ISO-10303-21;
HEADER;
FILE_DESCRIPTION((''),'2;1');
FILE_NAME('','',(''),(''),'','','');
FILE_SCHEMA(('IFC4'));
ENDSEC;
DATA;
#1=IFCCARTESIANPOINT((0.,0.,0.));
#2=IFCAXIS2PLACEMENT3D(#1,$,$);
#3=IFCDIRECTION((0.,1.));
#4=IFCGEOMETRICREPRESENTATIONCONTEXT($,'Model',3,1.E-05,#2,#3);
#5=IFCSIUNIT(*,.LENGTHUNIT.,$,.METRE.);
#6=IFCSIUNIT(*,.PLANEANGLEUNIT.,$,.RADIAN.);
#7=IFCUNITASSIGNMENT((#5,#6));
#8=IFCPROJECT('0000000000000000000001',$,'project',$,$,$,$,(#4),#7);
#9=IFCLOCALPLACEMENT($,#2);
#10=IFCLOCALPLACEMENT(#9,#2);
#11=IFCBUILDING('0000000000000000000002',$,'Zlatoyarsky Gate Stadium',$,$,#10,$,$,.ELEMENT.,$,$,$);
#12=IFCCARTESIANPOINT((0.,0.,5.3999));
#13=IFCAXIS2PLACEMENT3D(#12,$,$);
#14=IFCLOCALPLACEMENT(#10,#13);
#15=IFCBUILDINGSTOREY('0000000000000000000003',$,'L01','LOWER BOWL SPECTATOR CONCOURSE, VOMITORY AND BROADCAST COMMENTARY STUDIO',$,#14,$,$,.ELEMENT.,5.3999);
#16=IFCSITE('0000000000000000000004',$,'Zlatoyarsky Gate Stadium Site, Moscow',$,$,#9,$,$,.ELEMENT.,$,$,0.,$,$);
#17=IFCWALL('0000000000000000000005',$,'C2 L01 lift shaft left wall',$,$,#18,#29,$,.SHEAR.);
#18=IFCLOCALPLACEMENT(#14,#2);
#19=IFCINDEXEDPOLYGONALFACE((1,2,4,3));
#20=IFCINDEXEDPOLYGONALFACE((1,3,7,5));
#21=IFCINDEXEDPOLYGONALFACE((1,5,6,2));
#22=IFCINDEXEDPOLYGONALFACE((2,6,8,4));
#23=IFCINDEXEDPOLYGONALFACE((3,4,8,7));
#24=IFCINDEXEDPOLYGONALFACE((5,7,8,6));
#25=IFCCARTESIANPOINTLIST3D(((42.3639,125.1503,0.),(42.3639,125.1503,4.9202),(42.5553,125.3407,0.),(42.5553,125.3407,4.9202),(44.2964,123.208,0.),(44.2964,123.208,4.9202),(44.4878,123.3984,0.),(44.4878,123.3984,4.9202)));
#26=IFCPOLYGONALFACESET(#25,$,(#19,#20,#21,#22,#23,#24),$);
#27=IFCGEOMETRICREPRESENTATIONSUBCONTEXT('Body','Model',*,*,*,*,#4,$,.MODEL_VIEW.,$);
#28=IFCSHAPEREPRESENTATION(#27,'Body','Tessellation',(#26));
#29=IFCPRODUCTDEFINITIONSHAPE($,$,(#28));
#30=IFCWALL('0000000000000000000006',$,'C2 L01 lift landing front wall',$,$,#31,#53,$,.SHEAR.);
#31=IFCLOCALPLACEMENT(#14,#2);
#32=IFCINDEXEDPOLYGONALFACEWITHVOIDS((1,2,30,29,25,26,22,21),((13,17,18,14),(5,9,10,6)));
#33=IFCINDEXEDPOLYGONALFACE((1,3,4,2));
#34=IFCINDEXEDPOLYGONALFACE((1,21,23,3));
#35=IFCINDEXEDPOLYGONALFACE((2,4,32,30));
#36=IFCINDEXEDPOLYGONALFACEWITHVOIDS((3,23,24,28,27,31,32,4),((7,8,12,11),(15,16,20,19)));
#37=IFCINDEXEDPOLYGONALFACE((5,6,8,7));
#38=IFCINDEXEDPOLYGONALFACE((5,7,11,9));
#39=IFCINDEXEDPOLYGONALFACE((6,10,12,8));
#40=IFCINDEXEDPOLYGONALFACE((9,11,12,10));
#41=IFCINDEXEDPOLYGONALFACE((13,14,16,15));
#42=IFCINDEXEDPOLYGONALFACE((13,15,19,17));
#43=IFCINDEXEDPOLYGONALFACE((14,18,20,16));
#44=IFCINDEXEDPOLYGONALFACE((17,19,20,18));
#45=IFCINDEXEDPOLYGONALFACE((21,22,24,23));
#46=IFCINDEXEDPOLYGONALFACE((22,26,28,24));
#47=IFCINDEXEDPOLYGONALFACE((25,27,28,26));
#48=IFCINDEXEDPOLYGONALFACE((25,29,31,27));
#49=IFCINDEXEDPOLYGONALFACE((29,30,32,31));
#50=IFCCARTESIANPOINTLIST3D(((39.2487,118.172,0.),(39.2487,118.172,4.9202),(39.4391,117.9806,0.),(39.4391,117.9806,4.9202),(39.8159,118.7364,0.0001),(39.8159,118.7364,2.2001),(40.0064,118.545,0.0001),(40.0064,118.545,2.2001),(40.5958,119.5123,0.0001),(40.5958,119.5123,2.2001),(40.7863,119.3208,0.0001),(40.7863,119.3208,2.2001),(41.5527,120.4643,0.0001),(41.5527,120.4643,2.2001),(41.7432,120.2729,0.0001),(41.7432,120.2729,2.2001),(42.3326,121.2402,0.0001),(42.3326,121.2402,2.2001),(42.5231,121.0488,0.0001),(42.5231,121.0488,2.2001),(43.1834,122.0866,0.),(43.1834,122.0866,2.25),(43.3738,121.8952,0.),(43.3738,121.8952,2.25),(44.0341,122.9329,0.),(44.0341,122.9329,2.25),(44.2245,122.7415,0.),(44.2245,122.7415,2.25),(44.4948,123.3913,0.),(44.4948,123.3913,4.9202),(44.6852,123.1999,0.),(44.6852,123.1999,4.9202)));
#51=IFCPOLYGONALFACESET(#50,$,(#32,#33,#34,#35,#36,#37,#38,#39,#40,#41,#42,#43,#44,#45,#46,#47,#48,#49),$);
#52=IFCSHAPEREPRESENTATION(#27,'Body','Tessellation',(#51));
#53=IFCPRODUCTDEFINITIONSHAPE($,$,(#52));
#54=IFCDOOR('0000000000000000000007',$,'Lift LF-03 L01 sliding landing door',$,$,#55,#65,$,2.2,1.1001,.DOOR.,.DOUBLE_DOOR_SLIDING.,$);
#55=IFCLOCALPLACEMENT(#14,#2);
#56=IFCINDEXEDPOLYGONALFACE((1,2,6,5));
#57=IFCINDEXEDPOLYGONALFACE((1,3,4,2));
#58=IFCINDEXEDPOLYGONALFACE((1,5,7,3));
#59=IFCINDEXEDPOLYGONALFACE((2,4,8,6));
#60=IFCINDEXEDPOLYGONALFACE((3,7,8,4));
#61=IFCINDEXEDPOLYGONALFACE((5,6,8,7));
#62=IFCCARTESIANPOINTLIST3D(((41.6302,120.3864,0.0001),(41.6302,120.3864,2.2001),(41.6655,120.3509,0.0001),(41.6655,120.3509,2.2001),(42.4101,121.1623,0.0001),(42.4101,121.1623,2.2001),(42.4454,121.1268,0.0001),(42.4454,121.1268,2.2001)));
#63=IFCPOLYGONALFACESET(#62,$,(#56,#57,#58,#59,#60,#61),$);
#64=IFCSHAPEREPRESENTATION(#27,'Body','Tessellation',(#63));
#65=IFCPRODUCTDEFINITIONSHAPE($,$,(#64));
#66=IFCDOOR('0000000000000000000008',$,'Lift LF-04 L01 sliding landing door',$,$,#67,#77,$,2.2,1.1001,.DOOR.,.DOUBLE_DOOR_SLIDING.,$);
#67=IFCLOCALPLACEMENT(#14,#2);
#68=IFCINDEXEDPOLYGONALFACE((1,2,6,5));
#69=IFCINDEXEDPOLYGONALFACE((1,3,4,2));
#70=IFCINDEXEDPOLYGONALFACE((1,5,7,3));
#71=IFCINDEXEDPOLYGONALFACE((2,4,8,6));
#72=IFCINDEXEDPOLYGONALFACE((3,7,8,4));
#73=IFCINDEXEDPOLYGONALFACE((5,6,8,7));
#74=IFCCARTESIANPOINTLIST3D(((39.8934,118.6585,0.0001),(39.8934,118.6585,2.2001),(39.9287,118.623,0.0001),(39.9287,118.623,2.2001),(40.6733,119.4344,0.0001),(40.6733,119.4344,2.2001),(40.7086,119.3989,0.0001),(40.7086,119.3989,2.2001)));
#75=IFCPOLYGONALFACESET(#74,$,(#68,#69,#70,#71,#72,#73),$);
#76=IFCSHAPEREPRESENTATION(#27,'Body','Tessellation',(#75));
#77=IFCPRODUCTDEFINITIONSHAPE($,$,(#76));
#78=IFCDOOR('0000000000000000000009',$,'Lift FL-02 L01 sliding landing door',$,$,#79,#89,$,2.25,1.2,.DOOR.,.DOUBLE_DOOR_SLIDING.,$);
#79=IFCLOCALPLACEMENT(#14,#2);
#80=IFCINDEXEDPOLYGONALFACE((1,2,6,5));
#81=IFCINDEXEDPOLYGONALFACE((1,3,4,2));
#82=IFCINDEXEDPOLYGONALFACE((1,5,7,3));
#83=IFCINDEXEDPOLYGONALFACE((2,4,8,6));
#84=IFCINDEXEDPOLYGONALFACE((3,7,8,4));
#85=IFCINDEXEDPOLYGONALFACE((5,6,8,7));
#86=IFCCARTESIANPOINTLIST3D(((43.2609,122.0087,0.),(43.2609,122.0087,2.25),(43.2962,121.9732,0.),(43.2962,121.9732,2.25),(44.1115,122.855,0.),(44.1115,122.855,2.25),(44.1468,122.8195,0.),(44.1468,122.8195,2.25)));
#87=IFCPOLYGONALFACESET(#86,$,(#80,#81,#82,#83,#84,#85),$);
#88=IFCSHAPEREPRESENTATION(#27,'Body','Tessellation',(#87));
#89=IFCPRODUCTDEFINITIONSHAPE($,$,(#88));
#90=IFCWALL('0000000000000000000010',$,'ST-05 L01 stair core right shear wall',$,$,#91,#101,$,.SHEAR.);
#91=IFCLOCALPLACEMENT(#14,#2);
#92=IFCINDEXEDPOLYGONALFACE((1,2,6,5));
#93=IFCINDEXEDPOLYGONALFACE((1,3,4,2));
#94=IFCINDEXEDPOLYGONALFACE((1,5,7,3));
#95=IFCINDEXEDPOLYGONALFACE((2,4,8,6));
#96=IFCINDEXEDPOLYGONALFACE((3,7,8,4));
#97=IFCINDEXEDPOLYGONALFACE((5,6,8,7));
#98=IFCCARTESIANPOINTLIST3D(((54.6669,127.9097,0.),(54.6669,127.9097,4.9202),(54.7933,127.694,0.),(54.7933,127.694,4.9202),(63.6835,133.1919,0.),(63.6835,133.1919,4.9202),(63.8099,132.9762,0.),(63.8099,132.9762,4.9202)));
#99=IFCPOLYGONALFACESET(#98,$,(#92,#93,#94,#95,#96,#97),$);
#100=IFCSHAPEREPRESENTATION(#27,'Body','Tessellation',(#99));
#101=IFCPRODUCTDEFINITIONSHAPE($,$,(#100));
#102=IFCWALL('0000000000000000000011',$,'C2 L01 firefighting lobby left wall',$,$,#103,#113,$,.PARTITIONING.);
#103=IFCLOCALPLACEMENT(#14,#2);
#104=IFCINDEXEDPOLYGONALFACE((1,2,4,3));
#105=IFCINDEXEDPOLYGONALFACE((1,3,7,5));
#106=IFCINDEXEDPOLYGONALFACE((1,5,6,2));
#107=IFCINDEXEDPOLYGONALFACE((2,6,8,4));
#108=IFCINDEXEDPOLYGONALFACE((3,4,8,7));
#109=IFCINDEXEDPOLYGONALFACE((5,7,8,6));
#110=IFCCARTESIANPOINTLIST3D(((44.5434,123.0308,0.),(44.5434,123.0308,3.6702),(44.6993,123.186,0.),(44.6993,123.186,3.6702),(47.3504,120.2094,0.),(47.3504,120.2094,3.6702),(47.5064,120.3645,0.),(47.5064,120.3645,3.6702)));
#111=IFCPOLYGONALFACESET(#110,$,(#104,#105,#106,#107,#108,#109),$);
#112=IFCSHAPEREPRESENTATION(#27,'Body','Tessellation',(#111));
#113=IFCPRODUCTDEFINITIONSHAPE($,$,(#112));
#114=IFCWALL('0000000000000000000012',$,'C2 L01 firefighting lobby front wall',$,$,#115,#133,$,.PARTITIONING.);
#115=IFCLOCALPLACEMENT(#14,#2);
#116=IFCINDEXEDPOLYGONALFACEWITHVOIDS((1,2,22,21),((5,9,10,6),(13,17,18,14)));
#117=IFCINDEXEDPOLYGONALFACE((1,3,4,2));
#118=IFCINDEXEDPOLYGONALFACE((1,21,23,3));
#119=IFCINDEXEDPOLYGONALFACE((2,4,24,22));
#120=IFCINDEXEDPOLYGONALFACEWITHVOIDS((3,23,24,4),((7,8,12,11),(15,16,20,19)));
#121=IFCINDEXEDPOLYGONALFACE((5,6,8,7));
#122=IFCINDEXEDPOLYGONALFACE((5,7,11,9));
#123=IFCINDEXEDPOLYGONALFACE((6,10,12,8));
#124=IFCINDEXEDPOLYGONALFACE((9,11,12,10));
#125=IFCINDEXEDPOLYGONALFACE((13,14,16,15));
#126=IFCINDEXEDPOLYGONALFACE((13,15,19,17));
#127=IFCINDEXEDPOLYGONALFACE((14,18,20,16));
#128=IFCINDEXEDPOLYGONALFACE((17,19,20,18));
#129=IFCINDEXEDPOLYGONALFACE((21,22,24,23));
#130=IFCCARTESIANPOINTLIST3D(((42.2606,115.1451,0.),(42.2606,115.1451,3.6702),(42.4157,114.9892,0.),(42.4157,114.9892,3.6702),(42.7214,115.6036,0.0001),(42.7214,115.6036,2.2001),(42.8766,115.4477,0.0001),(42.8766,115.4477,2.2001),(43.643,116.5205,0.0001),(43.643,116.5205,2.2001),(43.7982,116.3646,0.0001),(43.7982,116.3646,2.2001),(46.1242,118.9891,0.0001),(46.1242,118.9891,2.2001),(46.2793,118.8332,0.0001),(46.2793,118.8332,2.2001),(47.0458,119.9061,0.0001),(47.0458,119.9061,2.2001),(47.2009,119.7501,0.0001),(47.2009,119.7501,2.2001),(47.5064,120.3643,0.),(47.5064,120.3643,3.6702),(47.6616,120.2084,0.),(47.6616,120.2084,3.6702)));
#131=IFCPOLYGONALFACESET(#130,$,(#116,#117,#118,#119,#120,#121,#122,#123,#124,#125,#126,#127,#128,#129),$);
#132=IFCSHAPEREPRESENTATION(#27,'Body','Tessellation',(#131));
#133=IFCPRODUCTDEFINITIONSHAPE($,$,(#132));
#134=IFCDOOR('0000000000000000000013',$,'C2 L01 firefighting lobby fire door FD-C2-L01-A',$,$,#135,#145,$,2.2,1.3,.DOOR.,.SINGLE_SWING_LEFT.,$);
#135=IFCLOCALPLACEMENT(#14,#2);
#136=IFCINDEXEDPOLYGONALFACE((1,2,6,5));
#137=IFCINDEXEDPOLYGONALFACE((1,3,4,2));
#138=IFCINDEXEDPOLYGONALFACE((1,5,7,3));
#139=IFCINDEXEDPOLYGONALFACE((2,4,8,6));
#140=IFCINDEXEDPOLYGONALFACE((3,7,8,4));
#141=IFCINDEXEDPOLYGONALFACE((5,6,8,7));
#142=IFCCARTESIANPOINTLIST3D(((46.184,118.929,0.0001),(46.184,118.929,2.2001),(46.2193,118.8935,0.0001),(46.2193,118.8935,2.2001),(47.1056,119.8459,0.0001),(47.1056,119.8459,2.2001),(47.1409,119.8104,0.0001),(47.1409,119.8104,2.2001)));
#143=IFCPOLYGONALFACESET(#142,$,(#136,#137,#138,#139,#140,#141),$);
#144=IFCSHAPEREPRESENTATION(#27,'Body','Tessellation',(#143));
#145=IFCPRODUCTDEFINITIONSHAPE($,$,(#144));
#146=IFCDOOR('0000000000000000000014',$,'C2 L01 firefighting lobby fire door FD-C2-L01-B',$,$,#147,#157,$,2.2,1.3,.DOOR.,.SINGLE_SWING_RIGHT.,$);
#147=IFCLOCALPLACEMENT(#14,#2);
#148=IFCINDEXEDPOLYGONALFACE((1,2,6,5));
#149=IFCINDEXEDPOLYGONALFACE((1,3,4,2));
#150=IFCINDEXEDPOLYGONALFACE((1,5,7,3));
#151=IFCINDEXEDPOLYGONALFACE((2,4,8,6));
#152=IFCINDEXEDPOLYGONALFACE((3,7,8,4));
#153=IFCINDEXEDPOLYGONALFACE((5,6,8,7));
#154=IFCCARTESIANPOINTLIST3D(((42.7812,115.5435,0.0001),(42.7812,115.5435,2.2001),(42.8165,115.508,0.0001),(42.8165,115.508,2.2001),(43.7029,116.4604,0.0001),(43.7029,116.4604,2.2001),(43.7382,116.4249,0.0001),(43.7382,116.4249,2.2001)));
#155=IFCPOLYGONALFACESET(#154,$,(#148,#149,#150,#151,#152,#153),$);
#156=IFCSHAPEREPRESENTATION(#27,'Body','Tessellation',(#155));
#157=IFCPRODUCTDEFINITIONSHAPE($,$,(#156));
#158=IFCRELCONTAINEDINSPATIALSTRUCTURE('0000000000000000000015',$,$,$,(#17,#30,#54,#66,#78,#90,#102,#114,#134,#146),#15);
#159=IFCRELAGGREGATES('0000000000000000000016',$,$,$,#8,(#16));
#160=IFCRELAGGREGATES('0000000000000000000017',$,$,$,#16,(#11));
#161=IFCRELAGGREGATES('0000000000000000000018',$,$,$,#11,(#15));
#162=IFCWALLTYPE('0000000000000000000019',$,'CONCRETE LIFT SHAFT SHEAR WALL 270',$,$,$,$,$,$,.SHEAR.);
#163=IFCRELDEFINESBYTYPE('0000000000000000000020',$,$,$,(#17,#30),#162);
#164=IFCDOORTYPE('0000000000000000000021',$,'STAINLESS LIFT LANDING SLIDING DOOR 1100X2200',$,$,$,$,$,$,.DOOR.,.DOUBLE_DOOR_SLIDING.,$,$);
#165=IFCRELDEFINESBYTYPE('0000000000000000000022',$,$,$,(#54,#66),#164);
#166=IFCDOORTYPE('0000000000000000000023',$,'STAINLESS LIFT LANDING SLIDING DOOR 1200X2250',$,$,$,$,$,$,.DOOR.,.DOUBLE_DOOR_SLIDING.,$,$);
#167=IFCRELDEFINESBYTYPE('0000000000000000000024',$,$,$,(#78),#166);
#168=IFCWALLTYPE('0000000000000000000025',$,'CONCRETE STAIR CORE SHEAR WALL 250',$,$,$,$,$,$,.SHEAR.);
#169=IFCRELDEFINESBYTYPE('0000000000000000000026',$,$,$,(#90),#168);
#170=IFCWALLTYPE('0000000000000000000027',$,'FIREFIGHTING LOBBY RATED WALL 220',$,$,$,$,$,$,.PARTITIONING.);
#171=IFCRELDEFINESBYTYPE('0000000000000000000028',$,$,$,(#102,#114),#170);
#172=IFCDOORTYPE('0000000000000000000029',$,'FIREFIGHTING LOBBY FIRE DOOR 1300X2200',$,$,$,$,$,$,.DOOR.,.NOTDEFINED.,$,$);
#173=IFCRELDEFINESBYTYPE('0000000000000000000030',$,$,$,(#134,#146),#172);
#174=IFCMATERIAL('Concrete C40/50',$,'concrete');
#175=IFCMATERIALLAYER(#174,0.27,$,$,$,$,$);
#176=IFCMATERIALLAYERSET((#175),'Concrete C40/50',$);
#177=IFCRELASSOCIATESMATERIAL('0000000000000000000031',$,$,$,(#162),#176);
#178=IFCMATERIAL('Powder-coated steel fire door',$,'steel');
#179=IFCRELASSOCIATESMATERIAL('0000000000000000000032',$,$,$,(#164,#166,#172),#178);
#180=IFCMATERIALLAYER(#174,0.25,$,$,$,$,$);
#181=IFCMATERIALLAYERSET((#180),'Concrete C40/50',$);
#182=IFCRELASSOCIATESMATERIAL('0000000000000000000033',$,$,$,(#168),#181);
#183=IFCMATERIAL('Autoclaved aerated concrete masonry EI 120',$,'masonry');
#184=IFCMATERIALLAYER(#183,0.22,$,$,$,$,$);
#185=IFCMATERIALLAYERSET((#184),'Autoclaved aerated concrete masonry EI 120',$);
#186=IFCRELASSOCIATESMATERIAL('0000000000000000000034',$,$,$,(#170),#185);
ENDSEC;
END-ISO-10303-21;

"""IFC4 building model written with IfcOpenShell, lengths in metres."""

from ifc_helpers import new_model, si_unit, direction, frame, frame_2d, origin, place, context, subcontext, project, spatial, rectangle, extrude, material, layer, layer_set, type_object, element, fill, save


model = new_model("IFC4")

# Units and contexts
model_context = context("Model", 3, precision=1e-05, world=origin(), true_north=direction((0.0, 1.0)))
body_context = subcontext(model_context, "Body", "Model", "MODEL_VIEW")
ifc_project = project(units=[si_unit("LENGTHUNIT", "METRE"), si_unit("PLANEANGLEUNIT", "RADIAN")], contexts=[model_context])

# Site, building, storey
site_placement = place(None, origin())
site = spatial("IfcSite", under=ifc_project, at=site_placement, Name="Zlatoyarsky Gate Stadium Site, Moscow", CompositionType="ELEMENT", RefElevation=0.0)
building_placement = place(site_placement, origin())
building = spatial("IfcBuilding", under=site, at=building_placement, Name="Zlatoyarsky Gate Stadium", CompositionType="ELEMENT")
storey_placement = place(building_placement, frame((0.0, 0.0, 5.3999)))
storey = spatial("IfcBuildingStorey", under=building, at=storey_placement, Name="L01", Description="LOWER BOWL SPECTATOR CONCOURSE, VOMITORY AND BROADCAST COMMENTARY STUDIO", CompositionType="ELEMENT", Elevation=5.3999)

# Shared definitions
ifc_material_1 = material(Name="Concrete C40/50", Category="concrete")

# Shared definitions
ifc_material_2 = material(Name="Powder-coated steel fire door", Category="steel")

# Wall
ifc_layer_1 = layer(ifc_material_1, 0.27)
ifc_layer_set_1 = layer_set([ifc_layer_1], Name="Concrete C40/50")
wall_type_1 = type_object("IfcWallType", Name="CONCRETE LIFT SHAFT SHEAR WALL 270", PredefinedType="SHEAR", material=ifc_layer_set_1)
wall_1_placement = place(storey_placement, frame((42.4595, 125.2456, 0.0), z_axis=(0.0, 0.0, 1.0), x_axis=(0.705323, -0.708887, 0.0)))
element("IfcWall", 1, at=wall_1_placement, inside=storey, type_object=wall_type_1, Name="C2 L01 lift shaft left wall", PredefinedType="SHEAR", context=body_context, shape_type="SweptSolid", body=[
    extrude(rectangle(XDim=2.74, YDim=0.27, at=frame_2d((1.3701, 0.0))), origin(), (0.0, 0.0, 1.0), 4.9202),
])

# Wall, openings, doors
wall_2_placement = place(storey_placement, frame((44.5901, 123.2957, 0.0), z_axis=(0.0, 0.0, 1.0), x_axis=(-0.708919, -0.70529, 0.0)))
wall_2 = element("IfcWall", 2, at=wall_2_placement, inside=storey, type_object=wall_type_1, Name="C2 L01 lift landing front wall", PredefinedType="SHEAR", context=body_context, shape_type="SweptSolid", body=[
    extrude(rectangle(XDim=7.4001, YDim=0.27, at=frame_2d((3.7002, 0.0))), origin(), (0.0, 0.0, 1.0), 4.9202),
])
opening_1_placement = place(wall_2_placement, frame((0.6499, 0.0, 0.0)))
opening_1 = element("IfcOpeningElement", 3, at=opening_1_placement, cuts=wall_2, PredefinedType="OPENING", context=body_context, shape_type="SweptSolid", body=[
    extrude(rectangle(XDim=1.2, YDim=2.25, at=frame_2d((0.6001, 1.125))), frame((0.0, 0.145, 0.0), z_axis=(0.0, -1.0, 0.0), x_axis=(1.0, 0.0, 0.0)), (0.0, 0.0, 1.0), 0.29),
])
opening_2_placement = place(wall_2_placement, frame((3.05, 0.0, 0.0)))
opening_2 = element("IfcOpeningElement", 4, at=opening_2_placement, cuts=wall_2, PredefinedType="OPENING", context=body_context, shape_type="SweptSolid", body=[
    extrude(rectangle(XDim=1.1001, YDim=2.2, at=frame_2d((0.55, 1.1001))), frame((0.0, 0.145, 0.0), z_axis=(0.0, -1.0, 0.0), x_axis=(1.0, 0.0, 0.0)), (0.0, 0.0, 1.0), 0.29),
])
opening_3_placement = place(wall_2_placement, frame((5.5, 0.0, 0.0)))
opening_3 = element("IfcOpeningElement", 5, at=opening_3_placement, cuts=wall_2, PredefinedType="OPENING", context=body_context, shape_type="SweptSolid", body=[
    extrude(rectangle(XDim=1.1001, YDim=2.2, at=frame_2d((0.55, 1.1001))), frame((0.0, 0.145, 0.0), z_axis=(0.0, -1.0, 0.0), x_axis=(1.0, 0.0, 0.0)), (0.0, 0.0, 1.0), 0.29),
])
door_type_1 = type_object("IfcDoorType", Name="STAINLESS LIFT LANDING SLIDING DOOR 1100X2200", OperationType="DOUBLE_DOOR_SLIDING", PredefinedType="DOOR", material=ifc_material_2)
door_1_placement = place(opening_2_placement, origin())
door_1 = element("IfcDoor", 6, at=door_1_placement, inside=storey, type_object=door_type_1, Name="Lift LF-03 L01 sliding landing door", OperationType="DOUBLE_DOOR_SLIDING", OverallHeight=2.2, OverallWidth=1.1001, PredefinedType="DOOR", context=body_context, shape_type="SweptSolid", body=[
    extrude(rectangle(XDim=1.1001, YDim=2.2, at=frame_2d((0.55, 1.1001))), frame((0.0, 0.0249, 0.0), z_axis=(0.0, -1.0, 0.0), x_axis=(1.0, 0.0, 0.0)), (0.0, 0.0, 1.0), 0.05),
])
fill(opening_2, door_1)
door_2_placement = place(opening_3_placement, origin())
door_2 = element("IfcDoor", 7, at=door_2_placement, inside=storey, type_object=door_type_1, Name="Lift LF-04 L01 sliding landing door", OperationType="DOUBLE_DOOR_SLIDING", OverallHeight=2.2, OverallWidth=1.1001, PredefinedType="DOOR", context=body_context, shape_type="SweptSolid", body=[
    extrude(rectangle(XDim=1.1001, YDim=2.2, at=frame_2d((0.55, 1.1001))), frame((0.0, 0.0249, 0.0), z_axis=(0.0, -1.0, 0.0), x_axis=(1.0, 0.0, 0.0)), (0.0, 0.0, 1.0), 0.05),
])
fill(opening_3, door_2)
door_type_2 = type_object("IfcDoorType", Name="STAINLESS LIFT LANDING SLIDING DOOR 1200X2250", OperationType="DOUBLE_DOOR_SLIDING", PredefinedType="DOOR", material=ifc_material_2)
door_3_placement = place(opening_1_placement, origin())
door_3 = element("IfcDoor", 8, at=door_3_placement, inside=storey, type_object=door_type_2, Name="Lift FL-02 L01 sliding landing door", OperationType="DOUBLE_DOOR_SLIDING", OverallHeight=2.25, OverallWidth=1.2, PredefinedType="DOOR", context=body_context, shape_type="SweptSolid", body=[
    extrude(rectangle(XDim=1.2, YDim=2.25, at=frame_2d((0.6001, 1.125))), frame((0.0, 0.0249, 0.0), z_axis=(0.0, -1.0, 0.0), x_axis=(1.0, 0.0, 0.0)), (0.0, 0.0, 1.0), 0.05),
])
fill(opening_1, door_3)

# Walls
ifc_layer_2 = layer(ifc_material_1, 0.25)
ifc_layer_set_2 = layer_set([ifc_layer_2], Name="Concrete C40/50")
wall_type_2 = type_object("IfcWallType", Name="CONCRETE STAIR CORE SHEAR WALL 250", PredefinedType="SHEAR", material=ifc_layer_set_2)
wall_3_placement = place(storey_placement, frame((54.73, 127.8018, 0.0), z_axis=(0.0, 0.0, 1.0), x_axis=(0.862839, 0.50548, 0.0)))
element("IfcWall", 9, at=wall_3_placement, inside=storey, type_object=wall_type_2, Name="ST-05 L01 stair core right shear wall", PredefinedType="SHEAR", context=body_context, shape_type="SweptSolid", body=[
    extrude(rectangle(XDim=10.45, YDim=0.25, at=frame_2d((5.2251, 0.0))), origin(), (0.0, 0.0, 1.0), 4.9202),
])
ifc_material_3 = material(Name="Autoclaved aerated concrete masonry EI 120", Category="masonry")
ifc_layer_3 = layer(ifc_material_3, 0.22)
ifc_layer_set_3 = layer_set([ifc_layer_3], Name="Autoclaved aerated concrete masonry EI 120")
wall_type_3 = type_object("IfcWallType", Name="FIREFIGHTING LOBBY RATED WALL 220", PredefinedType="PARTITIONING", material=ifc_layer_set_3)
wall_4_placement = place(storey_placement, frame((44.6213, 123.1084, 0.0), z_axis=(0.0, 0.0, 1.0), x_axis=(0.705295, -0.708914, 0.0)))
element("IfcWall", 10, at=wall_4_placement, inside=storey, type_object=wall_type_3, Name="C2 L01 firefighting lobby left wall", PredefinedType="PARTITIONING", context=body_context, shape_type="SweptSolid", body=[
    extrude(rectangle(XDim=3.98, YDim=0.22, at=frame_2d((1.99, 0.0))), origin(), (0.0, 0.0, 1.0), 3.6702),
])

# Wall, openings, doors
wall_5_placement = place(storey_placement, frame((47.584, 120.2864, 0.0), z_axis=(0.0, 0.0, 1.0), x_axis=(-0.708903, -0.705306, 0.0)))
wall_5 = element("IfcWall", 11, at=wall_5_placement, inside=storey, type_object=wall_type_3, Name="C2 L01 firefighting lobby front wall", PredefinedType="PARTITIONING", context=body_context, shape_type="SweptSolid", body=[
    extrude(rectangle(XDim=7.3999, YDim=0.22, at=frame_2d((3.7, 0.0))), origin(), (0.0, 0.0, 1.0), 3.6702),
])
opening_4_placement = place(wall_5_placement, frame((0.6499, 0.0, 0.0)))
opening_4 = element("IfcOpeningElement", 12, at=opening_4_placement, cuts=wall_5, PredefinedType="OPENING", context=body_context, shape_type="SweptSolid", body=[
    extrude(rectangle(XDim=1.3, YDim=2.2, at=frame_2d((0.6499, 1.1001))), frame((0.0, 0.1199, 0.0), z_axis=(0.0, -1.0, 0.0), x_axis=(1.0, 0.0, 0.0)), (0.0, 0.0, 1.0), 0.24),
])
opening_5_placement = place(wall_5_placement, frame((5.45, 0.0, 0.0)))
opening_5 = element("IfcOpeningElement", 13, at=opening_5_placement, cuts=wall_5, PredefinedType="OPENING", context=body_context, shape_type="SweptSolid", body=[
    extrude(rectangle(XDim=1.3, YDim=2.2, at=frame_2d((0.6499, 1.1001))), frame((0.0, 0.1199, 0.0), z_axis=(0.0, -1.0, 0.0), x_axis=(1.0, 0.0, 0.0)), (0.0, 0.0, 1.0), 0.24),
])
door_type_3 = type_object("IfcDoorType", Name="FIREFIGHTING LOBBY FIRE DOOR 1300X2200", OperationType="NOTDEFINED", PredefinedType="DOOR", material=ifc_material_2)
door_4_placement = place(opening_4_placement, origin())
door_4 = element("IfcDoor", 14, at=door_4_placement, inside=storey, type_object=door_type_3, Name="C2 L01 firefighting lobby fire door FD-C2-L01-A", OperationType="SINGLE_SWING_LEFT", OverallHeight=2.2, OverallWidth=1.3, PredefinedType="DOOR", context=body_context, shape_type="SweptSolid", body=[
    extrude(rectangle(XDim=1.3, YDim=2.2, at=frame_2d((0.6499, 1.1001))), frame((0.0, 0.0249, 0.0), z_axis=(0.0, -1.0, 0.0), x_axis=(1.0, 0.0, 0.0)), (0.0, 0.0, 1.0), 0.05),
])
fill(opening_4, door_4)
door_5_placement = place(opening_5_placement, origin())
door_5 = element("IfcDoor", 15, at=door_5_placement, inside=storey, type_object=door_type_3, Name="C2 L01 firefighting lobby fire door FD-C2-L01-B", OperationType="SINGLE_SWING_RIGHT", OverallHeight=2.2, OverallWidth=1.3, PredefinedType="DOOR", context=body_context, shape_type="SweptSolid", body=[
    extrude(rectangle(XDim=1.3, YDim=2.2, at=frame_2d((0.6499, 1.1001))), frame((0.0, 0.0249, 0.0), z_axis=(0.0, -1.0, 0.0), x_axis=(1.0, 0.0, 0.0)), (0.0, 0.0, 1.0), 0.05),
])
fill(opening_5, door_5)

save(model, "model.ifc")
